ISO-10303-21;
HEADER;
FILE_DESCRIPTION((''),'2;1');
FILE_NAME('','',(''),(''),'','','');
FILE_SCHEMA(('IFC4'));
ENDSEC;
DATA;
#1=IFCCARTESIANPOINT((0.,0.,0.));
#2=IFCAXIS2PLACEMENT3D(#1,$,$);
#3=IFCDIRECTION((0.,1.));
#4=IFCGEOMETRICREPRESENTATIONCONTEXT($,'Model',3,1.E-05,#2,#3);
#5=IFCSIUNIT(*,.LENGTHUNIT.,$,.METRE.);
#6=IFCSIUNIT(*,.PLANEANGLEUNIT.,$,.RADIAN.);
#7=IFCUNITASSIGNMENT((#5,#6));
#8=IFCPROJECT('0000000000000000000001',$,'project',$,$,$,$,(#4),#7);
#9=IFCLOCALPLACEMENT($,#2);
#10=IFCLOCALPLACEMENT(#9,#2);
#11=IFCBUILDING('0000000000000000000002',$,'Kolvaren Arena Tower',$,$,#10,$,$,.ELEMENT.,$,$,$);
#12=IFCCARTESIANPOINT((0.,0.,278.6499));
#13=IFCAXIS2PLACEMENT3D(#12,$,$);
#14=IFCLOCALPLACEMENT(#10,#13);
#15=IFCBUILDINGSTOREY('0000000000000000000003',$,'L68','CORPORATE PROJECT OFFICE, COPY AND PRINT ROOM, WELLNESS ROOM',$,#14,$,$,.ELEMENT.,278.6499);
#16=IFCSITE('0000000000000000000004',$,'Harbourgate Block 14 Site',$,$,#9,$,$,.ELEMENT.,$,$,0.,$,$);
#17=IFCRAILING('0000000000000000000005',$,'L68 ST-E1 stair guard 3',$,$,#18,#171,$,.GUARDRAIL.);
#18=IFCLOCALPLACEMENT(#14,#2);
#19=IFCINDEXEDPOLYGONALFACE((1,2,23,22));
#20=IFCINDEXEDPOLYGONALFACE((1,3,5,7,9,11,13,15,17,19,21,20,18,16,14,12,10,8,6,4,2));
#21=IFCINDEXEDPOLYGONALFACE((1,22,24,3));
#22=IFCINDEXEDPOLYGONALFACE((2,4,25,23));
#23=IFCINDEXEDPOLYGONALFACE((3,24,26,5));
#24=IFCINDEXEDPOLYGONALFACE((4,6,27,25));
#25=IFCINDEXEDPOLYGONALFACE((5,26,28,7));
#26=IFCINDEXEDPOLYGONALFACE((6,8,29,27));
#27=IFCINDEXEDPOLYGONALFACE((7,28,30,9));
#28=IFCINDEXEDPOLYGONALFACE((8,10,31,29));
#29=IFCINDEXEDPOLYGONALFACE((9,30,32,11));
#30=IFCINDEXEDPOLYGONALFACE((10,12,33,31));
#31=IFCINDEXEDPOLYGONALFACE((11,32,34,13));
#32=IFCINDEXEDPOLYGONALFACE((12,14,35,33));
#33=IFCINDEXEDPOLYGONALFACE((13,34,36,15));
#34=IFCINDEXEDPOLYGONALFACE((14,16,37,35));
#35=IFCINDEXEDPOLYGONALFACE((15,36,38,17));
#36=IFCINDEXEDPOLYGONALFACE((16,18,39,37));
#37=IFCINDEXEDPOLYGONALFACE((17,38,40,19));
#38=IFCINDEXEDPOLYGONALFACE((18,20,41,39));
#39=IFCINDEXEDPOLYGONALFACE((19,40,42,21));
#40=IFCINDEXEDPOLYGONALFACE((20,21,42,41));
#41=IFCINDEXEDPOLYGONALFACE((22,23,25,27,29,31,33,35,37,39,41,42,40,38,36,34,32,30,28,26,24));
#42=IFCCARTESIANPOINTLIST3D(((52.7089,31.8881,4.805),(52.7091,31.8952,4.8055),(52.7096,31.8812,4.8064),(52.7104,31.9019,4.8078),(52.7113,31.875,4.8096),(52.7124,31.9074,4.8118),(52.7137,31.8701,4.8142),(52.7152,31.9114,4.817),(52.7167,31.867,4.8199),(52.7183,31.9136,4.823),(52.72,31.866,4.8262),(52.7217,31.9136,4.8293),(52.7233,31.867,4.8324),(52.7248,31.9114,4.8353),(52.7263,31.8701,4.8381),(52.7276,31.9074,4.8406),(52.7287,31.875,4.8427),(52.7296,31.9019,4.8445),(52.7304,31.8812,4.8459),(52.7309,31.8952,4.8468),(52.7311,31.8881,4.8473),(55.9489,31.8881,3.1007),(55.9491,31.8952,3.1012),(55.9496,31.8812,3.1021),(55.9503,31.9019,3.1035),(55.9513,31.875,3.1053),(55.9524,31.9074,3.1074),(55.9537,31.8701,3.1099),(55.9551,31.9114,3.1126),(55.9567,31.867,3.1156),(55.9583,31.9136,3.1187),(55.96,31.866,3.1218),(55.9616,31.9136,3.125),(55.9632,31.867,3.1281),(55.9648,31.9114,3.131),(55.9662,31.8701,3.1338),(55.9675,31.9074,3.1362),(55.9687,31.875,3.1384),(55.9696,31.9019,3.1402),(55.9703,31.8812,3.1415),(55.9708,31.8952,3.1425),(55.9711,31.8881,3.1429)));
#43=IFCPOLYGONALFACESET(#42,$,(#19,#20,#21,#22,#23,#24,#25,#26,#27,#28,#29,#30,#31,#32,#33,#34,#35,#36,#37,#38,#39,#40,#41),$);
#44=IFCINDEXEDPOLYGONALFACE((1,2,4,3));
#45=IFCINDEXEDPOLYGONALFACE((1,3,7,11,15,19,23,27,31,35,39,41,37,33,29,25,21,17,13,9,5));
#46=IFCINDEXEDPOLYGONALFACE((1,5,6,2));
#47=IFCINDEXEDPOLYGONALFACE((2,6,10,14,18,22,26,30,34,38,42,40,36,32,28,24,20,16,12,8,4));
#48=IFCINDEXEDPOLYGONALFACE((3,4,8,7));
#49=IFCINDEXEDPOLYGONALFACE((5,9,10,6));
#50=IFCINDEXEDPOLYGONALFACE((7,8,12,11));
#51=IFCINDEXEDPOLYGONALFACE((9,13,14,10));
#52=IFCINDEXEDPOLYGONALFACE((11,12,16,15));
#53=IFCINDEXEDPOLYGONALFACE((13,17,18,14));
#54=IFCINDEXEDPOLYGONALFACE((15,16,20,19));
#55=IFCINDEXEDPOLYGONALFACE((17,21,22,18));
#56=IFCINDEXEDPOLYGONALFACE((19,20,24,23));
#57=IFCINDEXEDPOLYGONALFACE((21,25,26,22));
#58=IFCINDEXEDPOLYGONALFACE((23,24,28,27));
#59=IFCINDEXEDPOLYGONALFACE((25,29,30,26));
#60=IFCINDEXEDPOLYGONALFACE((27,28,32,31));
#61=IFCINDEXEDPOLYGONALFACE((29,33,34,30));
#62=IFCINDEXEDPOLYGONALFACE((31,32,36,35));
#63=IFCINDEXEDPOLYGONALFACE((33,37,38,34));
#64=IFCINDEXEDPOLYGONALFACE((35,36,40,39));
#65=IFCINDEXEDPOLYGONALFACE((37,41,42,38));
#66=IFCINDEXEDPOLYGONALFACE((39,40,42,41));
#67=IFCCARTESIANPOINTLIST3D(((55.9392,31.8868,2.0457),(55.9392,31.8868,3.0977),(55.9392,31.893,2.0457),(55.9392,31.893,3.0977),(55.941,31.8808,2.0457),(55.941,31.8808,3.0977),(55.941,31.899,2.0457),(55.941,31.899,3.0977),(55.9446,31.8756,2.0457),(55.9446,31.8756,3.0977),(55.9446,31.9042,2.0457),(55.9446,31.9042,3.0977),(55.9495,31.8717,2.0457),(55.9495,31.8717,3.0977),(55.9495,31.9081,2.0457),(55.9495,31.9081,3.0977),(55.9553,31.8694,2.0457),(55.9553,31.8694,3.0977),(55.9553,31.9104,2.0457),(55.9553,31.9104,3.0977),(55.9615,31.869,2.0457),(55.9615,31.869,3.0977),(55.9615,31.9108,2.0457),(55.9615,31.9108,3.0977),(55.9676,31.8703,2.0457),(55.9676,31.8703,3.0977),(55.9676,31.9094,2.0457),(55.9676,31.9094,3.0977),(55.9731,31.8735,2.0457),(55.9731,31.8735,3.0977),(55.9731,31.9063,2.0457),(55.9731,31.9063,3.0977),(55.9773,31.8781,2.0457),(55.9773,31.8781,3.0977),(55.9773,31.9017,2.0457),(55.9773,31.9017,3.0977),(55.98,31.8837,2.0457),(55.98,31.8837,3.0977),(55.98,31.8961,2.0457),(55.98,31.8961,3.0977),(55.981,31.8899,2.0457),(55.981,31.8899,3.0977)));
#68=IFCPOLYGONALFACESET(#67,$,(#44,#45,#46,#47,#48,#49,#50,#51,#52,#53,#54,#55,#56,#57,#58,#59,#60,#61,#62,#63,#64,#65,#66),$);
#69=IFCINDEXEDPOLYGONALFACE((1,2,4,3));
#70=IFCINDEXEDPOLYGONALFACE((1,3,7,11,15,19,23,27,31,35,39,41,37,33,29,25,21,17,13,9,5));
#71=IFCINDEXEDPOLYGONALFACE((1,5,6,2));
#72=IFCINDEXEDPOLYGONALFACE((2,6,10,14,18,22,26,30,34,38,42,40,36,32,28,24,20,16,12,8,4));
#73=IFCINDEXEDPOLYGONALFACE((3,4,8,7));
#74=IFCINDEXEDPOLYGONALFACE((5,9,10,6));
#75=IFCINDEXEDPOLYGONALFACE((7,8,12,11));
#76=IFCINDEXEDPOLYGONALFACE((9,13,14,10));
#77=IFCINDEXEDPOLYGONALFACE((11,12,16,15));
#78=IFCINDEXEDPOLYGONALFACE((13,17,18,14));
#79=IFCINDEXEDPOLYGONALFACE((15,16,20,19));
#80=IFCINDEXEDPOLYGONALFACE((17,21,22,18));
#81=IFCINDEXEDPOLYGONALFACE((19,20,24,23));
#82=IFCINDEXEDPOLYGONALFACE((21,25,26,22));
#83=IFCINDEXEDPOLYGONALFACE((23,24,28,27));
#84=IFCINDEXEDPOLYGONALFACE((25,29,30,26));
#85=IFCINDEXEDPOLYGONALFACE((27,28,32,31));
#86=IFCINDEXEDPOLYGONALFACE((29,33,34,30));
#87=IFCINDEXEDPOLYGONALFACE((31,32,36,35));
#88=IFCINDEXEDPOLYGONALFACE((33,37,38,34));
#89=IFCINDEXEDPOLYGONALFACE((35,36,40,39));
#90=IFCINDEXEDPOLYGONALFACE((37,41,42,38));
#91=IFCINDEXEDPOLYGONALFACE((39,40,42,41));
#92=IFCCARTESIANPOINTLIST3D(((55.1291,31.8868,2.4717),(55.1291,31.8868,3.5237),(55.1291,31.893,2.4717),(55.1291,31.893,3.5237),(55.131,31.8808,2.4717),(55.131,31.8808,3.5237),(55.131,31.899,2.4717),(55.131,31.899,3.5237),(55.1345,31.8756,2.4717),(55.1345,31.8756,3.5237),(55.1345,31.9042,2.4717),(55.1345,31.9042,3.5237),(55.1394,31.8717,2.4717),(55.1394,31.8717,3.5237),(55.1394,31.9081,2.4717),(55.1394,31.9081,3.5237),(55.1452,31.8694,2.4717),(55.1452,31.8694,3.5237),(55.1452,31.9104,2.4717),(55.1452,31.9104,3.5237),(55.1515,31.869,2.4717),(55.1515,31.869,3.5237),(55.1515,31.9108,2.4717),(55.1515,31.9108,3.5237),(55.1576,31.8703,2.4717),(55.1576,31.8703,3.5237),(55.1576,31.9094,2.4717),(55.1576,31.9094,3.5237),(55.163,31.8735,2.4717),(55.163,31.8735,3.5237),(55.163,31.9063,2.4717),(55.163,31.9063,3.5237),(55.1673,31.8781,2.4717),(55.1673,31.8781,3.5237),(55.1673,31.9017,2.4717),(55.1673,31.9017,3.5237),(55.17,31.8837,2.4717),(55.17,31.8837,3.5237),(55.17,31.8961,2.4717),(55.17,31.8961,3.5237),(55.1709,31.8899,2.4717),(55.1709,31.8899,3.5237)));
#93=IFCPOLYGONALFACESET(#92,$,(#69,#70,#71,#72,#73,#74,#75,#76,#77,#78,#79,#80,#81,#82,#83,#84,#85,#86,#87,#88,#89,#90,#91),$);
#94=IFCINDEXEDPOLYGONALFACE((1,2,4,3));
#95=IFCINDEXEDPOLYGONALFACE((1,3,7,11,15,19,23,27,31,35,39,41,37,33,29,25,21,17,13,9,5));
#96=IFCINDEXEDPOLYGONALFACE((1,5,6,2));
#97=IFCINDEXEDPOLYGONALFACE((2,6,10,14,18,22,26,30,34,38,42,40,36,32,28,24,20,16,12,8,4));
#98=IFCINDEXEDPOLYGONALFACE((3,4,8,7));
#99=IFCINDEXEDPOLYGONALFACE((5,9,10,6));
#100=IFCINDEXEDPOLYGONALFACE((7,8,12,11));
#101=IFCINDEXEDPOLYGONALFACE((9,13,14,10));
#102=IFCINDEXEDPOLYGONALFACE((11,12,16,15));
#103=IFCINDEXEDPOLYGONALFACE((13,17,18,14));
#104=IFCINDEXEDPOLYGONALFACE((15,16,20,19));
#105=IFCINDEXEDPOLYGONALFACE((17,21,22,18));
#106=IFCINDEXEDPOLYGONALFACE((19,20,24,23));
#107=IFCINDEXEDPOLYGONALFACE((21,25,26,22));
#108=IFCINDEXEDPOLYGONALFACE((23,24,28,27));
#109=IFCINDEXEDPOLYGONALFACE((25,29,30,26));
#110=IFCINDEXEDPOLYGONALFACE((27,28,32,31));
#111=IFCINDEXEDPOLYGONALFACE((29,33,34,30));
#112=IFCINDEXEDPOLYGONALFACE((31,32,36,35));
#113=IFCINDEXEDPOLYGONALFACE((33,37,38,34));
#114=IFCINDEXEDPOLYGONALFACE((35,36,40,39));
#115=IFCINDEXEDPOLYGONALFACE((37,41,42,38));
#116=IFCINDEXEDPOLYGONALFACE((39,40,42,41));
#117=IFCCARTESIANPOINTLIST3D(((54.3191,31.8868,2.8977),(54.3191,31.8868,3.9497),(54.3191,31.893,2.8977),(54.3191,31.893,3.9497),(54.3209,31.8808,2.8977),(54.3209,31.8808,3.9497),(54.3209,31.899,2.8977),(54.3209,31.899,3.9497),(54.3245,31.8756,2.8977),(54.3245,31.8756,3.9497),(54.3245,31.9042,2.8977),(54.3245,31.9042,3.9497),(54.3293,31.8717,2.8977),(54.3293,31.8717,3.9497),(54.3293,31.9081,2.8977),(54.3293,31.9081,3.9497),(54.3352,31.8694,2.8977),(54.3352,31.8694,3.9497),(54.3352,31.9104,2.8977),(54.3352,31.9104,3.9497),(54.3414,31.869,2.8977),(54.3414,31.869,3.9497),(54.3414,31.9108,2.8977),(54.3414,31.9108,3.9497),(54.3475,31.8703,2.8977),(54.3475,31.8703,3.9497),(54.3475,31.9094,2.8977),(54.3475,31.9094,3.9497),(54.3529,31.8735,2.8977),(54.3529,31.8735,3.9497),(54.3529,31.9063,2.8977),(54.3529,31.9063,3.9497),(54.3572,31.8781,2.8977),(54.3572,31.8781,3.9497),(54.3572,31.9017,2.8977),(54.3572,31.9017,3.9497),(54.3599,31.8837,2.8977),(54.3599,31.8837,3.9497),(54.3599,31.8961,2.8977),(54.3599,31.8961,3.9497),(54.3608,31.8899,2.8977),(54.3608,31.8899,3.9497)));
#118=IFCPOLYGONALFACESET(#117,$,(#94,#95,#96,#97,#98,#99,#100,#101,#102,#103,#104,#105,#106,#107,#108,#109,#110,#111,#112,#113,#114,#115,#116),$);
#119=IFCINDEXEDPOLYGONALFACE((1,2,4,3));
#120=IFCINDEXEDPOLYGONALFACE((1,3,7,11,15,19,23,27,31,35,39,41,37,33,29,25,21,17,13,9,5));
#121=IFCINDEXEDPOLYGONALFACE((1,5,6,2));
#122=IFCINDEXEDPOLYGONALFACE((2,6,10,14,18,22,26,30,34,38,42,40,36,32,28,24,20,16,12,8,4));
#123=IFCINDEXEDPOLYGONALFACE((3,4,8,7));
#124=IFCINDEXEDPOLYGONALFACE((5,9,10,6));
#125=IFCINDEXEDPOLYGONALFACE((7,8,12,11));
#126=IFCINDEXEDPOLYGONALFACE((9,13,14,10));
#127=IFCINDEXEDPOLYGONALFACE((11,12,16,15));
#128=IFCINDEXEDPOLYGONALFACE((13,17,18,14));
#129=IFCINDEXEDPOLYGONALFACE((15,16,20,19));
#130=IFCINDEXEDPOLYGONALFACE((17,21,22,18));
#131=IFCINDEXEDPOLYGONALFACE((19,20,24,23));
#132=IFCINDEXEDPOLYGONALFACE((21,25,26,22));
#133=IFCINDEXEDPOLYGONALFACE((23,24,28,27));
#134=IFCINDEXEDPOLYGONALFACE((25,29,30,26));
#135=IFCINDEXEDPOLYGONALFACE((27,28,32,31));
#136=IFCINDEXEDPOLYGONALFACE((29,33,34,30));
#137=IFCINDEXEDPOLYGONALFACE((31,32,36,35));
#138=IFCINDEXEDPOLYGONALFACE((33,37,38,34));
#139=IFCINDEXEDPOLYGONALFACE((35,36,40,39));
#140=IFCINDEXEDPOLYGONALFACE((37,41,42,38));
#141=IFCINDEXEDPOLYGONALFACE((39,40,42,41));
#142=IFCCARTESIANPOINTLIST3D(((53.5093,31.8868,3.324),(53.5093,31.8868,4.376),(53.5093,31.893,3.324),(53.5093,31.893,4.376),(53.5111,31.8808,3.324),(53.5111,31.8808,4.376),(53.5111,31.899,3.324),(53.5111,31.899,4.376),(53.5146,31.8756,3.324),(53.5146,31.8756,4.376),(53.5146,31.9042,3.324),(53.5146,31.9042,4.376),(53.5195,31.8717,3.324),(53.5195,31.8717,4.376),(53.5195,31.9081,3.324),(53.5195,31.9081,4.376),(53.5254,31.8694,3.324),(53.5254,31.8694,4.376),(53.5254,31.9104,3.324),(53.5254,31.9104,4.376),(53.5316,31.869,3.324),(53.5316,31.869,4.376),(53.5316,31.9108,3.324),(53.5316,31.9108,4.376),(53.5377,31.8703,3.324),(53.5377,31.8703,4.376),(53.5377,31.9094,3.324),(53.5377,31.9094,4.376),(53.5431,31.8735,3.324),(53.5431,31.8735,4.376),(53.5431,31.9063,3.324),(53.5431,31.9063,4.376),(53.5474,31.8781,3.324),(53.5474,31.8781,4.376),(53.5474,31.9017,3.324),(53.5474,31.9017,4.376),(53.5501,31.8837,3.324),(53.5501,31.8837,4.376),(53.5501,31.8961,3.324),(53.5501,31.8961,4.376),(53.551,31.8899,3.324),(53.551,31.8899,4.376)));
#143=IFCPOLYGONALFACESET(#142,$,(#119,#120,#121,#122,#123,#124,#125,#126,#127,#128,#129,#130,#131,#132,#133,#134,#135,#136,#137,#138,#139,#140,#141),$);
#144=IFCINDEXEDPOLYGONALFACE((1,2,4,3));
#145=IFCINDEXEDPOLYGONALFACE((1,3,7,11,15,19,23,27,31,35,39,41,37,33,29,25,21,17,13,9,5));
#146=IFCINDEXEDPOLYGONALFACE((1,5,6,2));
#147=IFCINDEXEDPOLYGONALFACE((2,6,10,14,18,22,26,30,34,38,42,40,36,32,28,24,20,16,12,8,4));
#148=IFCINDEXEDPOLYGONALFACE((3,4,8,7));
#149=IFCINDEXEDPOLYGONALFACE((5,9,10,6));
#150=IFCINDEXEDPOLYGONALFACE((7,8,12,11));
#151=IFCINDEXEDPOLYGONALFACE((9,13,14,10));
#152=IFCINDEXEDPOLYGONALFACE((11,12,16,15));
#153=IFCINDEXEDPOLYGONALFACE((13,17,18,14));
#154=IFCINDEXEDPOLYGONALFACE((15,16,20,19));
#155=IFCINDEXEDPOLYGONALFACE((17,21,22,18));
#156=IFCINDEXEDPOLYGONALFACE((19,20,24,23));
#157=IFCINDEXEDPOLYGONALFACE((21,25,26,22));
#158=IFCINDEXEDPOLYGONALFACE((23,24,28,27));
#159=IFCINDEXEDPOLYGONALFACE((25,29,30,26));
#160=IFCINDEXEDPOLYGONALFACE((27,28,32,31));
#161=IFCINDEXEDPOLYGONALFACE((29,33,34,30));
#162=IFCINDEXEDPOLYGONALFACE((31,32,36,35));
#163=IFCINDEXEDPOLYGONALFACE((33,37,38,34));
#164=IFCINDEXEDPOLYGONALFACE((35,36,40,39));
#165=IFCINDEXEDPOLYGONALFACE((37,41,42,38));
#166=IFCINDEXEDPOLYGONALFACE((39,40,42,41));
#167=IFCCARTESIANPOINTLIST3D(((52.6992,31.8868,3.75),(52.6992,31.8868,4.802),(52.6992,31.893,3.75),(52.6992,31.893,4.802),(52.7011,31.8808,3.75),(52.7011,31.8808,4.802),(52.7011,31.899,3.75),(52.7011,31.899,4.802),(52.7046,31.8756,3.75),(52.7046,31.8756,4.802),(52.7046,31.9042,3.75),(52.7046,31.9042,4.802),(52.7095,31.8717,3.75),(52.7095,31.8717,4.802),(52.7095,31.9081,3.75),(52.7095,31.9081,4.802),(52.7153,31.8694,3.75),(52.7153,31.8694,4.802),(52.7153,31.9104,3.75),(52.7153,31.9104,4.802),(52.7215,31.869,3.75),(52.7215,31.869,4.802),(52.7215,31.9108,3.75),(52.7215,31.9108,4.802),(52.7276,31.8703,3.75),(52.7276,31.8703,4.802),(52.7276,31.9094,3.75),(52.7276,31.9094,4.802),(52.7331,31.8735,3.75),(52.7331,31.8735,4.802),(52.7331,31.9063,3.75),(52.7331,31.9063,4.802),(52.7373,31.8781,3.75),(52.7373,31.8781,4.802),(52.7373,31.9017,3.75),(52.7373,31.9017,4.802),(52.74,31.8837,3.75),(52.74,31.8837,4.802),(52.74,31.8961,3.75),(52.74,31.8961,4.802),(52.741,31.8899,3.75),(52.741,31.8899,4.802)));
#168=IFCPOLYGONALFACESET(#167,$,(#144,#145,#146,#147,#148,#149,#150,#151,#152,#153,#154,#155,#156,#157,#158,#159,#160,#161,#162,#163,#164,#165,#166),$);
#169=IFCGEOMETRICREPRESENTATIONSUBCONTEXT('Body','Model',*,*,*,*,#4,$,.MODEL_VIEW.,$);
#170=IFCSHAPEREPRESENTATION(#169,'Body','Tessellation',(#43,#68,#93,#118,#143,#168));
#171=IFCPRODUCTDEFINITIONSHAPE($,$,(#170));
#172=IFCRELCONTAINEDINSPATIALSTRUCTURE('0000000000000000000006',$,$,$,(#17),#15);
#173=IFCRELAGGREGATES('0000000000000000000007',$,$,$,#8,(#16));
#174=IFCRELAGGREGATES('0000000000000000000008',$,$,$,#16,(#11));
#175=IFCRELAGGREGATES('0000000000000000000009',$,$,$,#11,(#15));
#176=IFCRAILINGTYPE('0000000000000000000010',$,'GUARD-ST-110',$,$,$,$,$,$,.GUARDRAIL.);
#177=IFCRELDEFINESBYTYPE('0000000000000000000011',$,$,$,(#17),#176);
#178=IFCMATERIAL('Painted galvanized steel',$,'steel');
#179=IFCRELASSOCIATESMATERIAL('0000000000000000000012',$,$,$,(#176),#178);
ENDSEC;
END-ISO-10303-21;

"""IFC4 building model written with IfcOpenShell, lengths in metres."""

from ifc_helpers import new_model, si_unit, direction, frame, origin, origin_2d, place, context, subcontext, project, spatial, circle, extrude, material, type_object, element, save


model = new_model("IFC4")

# Units and contexts
model_context = context("Model", 3, precision=1e-05, world=origin(), true_north=direction((0.0, 1.0)))
body_context = subcontext(model_context, "Body", "Model", "MODEL_VIEW")
ifc_project = project(units=[si_unit("LENGTHUNIT", "METRE"), si_unit("PLANEANGLEUNIT", "RADIAN")], contexts=[model_context])

# Site, building, storey
site_placement = place(None, origin())
site = spatial("IfcSite", under=ifc_project, at=site_placement, Name="Harbourgate Block 14 Site", CompositionType="ELEMENT", RefElevation=0.0)
building_placement = place(site_placement, origin())
building = spatial("IfcBuilding", under=site, at=building_placement, Name="Kolvaren Arena Tower", CompositionType="ELEMENT")
storey_placement = place(building_placement, frame((0.0, 0.0, 278.6499)))
storey = spatial("IfcBuildingStorey", under=building, at=storey_placement, Name="L68", Description="CORPORATE PROJECT OFFICE, COPY AND PRINT ROOM, WELLNESS ROOM", CompositionType="ELEMENT", Elevation=278.6499)

# Railing
ifc_material_1 = material(Name="Painted galvanized steel", Category="steel")
railing_type_1 = type_object("IfcRailingType", Name="GUARD-ST-110", PredefinedType="GUARDRAIL", material=ifc_material_1)
railing_1_placement = place(storey_placement, frame((55.96, 31.8899, 2.0457)))
element("IfcRailing", 1, at=railing_1_placement, inside=storey, type_object=railing_type_1, Name="L68 ST-E1 stair guard 3", PredefinedType="GUARDRAIL", context=body_context, shape_type="SweptSolid", body=[
    extrude(circle(Radius=0.0239, at=origin_2d()), frame((0.0, 0.0, 1.0762), z_axis=(-0.885021, 0.0, 0.465551), x_axis=(0.0, -1.0, 0.0)), (0.0, 0.0, 1.0), 3.6609),
    extrude(circle(Radius=0.021, at=origin_2d()), origin(), (0.0, 0.0, 1.0), 1.052),
    extrude(circle(Radius=0.021, at=origin_2d()), frame((-0.8101, 0.0, 0.426)), (0.0, 0.0, 1.0), 1.052),
    extrude(circle(Radius=0.021, at=origin_2d()), frame((-1.6201, 0.0, 0.8521)), (0.0, 0.0, 1.0), 1.052),
    extrude(circle(Radius=0.021, at=origin_2d()), frame((-2.4299, 0.0, 1.2783)), (0.0, 0.0, 1.0), 1.052),
    extrude(circle(Radius=0.021, at=origin_2d()), frame((-3.24, 0.0, 1.7043)), (0.0, 0.0, 1.0), 1.052),
])

save(model, "model.ifc")
